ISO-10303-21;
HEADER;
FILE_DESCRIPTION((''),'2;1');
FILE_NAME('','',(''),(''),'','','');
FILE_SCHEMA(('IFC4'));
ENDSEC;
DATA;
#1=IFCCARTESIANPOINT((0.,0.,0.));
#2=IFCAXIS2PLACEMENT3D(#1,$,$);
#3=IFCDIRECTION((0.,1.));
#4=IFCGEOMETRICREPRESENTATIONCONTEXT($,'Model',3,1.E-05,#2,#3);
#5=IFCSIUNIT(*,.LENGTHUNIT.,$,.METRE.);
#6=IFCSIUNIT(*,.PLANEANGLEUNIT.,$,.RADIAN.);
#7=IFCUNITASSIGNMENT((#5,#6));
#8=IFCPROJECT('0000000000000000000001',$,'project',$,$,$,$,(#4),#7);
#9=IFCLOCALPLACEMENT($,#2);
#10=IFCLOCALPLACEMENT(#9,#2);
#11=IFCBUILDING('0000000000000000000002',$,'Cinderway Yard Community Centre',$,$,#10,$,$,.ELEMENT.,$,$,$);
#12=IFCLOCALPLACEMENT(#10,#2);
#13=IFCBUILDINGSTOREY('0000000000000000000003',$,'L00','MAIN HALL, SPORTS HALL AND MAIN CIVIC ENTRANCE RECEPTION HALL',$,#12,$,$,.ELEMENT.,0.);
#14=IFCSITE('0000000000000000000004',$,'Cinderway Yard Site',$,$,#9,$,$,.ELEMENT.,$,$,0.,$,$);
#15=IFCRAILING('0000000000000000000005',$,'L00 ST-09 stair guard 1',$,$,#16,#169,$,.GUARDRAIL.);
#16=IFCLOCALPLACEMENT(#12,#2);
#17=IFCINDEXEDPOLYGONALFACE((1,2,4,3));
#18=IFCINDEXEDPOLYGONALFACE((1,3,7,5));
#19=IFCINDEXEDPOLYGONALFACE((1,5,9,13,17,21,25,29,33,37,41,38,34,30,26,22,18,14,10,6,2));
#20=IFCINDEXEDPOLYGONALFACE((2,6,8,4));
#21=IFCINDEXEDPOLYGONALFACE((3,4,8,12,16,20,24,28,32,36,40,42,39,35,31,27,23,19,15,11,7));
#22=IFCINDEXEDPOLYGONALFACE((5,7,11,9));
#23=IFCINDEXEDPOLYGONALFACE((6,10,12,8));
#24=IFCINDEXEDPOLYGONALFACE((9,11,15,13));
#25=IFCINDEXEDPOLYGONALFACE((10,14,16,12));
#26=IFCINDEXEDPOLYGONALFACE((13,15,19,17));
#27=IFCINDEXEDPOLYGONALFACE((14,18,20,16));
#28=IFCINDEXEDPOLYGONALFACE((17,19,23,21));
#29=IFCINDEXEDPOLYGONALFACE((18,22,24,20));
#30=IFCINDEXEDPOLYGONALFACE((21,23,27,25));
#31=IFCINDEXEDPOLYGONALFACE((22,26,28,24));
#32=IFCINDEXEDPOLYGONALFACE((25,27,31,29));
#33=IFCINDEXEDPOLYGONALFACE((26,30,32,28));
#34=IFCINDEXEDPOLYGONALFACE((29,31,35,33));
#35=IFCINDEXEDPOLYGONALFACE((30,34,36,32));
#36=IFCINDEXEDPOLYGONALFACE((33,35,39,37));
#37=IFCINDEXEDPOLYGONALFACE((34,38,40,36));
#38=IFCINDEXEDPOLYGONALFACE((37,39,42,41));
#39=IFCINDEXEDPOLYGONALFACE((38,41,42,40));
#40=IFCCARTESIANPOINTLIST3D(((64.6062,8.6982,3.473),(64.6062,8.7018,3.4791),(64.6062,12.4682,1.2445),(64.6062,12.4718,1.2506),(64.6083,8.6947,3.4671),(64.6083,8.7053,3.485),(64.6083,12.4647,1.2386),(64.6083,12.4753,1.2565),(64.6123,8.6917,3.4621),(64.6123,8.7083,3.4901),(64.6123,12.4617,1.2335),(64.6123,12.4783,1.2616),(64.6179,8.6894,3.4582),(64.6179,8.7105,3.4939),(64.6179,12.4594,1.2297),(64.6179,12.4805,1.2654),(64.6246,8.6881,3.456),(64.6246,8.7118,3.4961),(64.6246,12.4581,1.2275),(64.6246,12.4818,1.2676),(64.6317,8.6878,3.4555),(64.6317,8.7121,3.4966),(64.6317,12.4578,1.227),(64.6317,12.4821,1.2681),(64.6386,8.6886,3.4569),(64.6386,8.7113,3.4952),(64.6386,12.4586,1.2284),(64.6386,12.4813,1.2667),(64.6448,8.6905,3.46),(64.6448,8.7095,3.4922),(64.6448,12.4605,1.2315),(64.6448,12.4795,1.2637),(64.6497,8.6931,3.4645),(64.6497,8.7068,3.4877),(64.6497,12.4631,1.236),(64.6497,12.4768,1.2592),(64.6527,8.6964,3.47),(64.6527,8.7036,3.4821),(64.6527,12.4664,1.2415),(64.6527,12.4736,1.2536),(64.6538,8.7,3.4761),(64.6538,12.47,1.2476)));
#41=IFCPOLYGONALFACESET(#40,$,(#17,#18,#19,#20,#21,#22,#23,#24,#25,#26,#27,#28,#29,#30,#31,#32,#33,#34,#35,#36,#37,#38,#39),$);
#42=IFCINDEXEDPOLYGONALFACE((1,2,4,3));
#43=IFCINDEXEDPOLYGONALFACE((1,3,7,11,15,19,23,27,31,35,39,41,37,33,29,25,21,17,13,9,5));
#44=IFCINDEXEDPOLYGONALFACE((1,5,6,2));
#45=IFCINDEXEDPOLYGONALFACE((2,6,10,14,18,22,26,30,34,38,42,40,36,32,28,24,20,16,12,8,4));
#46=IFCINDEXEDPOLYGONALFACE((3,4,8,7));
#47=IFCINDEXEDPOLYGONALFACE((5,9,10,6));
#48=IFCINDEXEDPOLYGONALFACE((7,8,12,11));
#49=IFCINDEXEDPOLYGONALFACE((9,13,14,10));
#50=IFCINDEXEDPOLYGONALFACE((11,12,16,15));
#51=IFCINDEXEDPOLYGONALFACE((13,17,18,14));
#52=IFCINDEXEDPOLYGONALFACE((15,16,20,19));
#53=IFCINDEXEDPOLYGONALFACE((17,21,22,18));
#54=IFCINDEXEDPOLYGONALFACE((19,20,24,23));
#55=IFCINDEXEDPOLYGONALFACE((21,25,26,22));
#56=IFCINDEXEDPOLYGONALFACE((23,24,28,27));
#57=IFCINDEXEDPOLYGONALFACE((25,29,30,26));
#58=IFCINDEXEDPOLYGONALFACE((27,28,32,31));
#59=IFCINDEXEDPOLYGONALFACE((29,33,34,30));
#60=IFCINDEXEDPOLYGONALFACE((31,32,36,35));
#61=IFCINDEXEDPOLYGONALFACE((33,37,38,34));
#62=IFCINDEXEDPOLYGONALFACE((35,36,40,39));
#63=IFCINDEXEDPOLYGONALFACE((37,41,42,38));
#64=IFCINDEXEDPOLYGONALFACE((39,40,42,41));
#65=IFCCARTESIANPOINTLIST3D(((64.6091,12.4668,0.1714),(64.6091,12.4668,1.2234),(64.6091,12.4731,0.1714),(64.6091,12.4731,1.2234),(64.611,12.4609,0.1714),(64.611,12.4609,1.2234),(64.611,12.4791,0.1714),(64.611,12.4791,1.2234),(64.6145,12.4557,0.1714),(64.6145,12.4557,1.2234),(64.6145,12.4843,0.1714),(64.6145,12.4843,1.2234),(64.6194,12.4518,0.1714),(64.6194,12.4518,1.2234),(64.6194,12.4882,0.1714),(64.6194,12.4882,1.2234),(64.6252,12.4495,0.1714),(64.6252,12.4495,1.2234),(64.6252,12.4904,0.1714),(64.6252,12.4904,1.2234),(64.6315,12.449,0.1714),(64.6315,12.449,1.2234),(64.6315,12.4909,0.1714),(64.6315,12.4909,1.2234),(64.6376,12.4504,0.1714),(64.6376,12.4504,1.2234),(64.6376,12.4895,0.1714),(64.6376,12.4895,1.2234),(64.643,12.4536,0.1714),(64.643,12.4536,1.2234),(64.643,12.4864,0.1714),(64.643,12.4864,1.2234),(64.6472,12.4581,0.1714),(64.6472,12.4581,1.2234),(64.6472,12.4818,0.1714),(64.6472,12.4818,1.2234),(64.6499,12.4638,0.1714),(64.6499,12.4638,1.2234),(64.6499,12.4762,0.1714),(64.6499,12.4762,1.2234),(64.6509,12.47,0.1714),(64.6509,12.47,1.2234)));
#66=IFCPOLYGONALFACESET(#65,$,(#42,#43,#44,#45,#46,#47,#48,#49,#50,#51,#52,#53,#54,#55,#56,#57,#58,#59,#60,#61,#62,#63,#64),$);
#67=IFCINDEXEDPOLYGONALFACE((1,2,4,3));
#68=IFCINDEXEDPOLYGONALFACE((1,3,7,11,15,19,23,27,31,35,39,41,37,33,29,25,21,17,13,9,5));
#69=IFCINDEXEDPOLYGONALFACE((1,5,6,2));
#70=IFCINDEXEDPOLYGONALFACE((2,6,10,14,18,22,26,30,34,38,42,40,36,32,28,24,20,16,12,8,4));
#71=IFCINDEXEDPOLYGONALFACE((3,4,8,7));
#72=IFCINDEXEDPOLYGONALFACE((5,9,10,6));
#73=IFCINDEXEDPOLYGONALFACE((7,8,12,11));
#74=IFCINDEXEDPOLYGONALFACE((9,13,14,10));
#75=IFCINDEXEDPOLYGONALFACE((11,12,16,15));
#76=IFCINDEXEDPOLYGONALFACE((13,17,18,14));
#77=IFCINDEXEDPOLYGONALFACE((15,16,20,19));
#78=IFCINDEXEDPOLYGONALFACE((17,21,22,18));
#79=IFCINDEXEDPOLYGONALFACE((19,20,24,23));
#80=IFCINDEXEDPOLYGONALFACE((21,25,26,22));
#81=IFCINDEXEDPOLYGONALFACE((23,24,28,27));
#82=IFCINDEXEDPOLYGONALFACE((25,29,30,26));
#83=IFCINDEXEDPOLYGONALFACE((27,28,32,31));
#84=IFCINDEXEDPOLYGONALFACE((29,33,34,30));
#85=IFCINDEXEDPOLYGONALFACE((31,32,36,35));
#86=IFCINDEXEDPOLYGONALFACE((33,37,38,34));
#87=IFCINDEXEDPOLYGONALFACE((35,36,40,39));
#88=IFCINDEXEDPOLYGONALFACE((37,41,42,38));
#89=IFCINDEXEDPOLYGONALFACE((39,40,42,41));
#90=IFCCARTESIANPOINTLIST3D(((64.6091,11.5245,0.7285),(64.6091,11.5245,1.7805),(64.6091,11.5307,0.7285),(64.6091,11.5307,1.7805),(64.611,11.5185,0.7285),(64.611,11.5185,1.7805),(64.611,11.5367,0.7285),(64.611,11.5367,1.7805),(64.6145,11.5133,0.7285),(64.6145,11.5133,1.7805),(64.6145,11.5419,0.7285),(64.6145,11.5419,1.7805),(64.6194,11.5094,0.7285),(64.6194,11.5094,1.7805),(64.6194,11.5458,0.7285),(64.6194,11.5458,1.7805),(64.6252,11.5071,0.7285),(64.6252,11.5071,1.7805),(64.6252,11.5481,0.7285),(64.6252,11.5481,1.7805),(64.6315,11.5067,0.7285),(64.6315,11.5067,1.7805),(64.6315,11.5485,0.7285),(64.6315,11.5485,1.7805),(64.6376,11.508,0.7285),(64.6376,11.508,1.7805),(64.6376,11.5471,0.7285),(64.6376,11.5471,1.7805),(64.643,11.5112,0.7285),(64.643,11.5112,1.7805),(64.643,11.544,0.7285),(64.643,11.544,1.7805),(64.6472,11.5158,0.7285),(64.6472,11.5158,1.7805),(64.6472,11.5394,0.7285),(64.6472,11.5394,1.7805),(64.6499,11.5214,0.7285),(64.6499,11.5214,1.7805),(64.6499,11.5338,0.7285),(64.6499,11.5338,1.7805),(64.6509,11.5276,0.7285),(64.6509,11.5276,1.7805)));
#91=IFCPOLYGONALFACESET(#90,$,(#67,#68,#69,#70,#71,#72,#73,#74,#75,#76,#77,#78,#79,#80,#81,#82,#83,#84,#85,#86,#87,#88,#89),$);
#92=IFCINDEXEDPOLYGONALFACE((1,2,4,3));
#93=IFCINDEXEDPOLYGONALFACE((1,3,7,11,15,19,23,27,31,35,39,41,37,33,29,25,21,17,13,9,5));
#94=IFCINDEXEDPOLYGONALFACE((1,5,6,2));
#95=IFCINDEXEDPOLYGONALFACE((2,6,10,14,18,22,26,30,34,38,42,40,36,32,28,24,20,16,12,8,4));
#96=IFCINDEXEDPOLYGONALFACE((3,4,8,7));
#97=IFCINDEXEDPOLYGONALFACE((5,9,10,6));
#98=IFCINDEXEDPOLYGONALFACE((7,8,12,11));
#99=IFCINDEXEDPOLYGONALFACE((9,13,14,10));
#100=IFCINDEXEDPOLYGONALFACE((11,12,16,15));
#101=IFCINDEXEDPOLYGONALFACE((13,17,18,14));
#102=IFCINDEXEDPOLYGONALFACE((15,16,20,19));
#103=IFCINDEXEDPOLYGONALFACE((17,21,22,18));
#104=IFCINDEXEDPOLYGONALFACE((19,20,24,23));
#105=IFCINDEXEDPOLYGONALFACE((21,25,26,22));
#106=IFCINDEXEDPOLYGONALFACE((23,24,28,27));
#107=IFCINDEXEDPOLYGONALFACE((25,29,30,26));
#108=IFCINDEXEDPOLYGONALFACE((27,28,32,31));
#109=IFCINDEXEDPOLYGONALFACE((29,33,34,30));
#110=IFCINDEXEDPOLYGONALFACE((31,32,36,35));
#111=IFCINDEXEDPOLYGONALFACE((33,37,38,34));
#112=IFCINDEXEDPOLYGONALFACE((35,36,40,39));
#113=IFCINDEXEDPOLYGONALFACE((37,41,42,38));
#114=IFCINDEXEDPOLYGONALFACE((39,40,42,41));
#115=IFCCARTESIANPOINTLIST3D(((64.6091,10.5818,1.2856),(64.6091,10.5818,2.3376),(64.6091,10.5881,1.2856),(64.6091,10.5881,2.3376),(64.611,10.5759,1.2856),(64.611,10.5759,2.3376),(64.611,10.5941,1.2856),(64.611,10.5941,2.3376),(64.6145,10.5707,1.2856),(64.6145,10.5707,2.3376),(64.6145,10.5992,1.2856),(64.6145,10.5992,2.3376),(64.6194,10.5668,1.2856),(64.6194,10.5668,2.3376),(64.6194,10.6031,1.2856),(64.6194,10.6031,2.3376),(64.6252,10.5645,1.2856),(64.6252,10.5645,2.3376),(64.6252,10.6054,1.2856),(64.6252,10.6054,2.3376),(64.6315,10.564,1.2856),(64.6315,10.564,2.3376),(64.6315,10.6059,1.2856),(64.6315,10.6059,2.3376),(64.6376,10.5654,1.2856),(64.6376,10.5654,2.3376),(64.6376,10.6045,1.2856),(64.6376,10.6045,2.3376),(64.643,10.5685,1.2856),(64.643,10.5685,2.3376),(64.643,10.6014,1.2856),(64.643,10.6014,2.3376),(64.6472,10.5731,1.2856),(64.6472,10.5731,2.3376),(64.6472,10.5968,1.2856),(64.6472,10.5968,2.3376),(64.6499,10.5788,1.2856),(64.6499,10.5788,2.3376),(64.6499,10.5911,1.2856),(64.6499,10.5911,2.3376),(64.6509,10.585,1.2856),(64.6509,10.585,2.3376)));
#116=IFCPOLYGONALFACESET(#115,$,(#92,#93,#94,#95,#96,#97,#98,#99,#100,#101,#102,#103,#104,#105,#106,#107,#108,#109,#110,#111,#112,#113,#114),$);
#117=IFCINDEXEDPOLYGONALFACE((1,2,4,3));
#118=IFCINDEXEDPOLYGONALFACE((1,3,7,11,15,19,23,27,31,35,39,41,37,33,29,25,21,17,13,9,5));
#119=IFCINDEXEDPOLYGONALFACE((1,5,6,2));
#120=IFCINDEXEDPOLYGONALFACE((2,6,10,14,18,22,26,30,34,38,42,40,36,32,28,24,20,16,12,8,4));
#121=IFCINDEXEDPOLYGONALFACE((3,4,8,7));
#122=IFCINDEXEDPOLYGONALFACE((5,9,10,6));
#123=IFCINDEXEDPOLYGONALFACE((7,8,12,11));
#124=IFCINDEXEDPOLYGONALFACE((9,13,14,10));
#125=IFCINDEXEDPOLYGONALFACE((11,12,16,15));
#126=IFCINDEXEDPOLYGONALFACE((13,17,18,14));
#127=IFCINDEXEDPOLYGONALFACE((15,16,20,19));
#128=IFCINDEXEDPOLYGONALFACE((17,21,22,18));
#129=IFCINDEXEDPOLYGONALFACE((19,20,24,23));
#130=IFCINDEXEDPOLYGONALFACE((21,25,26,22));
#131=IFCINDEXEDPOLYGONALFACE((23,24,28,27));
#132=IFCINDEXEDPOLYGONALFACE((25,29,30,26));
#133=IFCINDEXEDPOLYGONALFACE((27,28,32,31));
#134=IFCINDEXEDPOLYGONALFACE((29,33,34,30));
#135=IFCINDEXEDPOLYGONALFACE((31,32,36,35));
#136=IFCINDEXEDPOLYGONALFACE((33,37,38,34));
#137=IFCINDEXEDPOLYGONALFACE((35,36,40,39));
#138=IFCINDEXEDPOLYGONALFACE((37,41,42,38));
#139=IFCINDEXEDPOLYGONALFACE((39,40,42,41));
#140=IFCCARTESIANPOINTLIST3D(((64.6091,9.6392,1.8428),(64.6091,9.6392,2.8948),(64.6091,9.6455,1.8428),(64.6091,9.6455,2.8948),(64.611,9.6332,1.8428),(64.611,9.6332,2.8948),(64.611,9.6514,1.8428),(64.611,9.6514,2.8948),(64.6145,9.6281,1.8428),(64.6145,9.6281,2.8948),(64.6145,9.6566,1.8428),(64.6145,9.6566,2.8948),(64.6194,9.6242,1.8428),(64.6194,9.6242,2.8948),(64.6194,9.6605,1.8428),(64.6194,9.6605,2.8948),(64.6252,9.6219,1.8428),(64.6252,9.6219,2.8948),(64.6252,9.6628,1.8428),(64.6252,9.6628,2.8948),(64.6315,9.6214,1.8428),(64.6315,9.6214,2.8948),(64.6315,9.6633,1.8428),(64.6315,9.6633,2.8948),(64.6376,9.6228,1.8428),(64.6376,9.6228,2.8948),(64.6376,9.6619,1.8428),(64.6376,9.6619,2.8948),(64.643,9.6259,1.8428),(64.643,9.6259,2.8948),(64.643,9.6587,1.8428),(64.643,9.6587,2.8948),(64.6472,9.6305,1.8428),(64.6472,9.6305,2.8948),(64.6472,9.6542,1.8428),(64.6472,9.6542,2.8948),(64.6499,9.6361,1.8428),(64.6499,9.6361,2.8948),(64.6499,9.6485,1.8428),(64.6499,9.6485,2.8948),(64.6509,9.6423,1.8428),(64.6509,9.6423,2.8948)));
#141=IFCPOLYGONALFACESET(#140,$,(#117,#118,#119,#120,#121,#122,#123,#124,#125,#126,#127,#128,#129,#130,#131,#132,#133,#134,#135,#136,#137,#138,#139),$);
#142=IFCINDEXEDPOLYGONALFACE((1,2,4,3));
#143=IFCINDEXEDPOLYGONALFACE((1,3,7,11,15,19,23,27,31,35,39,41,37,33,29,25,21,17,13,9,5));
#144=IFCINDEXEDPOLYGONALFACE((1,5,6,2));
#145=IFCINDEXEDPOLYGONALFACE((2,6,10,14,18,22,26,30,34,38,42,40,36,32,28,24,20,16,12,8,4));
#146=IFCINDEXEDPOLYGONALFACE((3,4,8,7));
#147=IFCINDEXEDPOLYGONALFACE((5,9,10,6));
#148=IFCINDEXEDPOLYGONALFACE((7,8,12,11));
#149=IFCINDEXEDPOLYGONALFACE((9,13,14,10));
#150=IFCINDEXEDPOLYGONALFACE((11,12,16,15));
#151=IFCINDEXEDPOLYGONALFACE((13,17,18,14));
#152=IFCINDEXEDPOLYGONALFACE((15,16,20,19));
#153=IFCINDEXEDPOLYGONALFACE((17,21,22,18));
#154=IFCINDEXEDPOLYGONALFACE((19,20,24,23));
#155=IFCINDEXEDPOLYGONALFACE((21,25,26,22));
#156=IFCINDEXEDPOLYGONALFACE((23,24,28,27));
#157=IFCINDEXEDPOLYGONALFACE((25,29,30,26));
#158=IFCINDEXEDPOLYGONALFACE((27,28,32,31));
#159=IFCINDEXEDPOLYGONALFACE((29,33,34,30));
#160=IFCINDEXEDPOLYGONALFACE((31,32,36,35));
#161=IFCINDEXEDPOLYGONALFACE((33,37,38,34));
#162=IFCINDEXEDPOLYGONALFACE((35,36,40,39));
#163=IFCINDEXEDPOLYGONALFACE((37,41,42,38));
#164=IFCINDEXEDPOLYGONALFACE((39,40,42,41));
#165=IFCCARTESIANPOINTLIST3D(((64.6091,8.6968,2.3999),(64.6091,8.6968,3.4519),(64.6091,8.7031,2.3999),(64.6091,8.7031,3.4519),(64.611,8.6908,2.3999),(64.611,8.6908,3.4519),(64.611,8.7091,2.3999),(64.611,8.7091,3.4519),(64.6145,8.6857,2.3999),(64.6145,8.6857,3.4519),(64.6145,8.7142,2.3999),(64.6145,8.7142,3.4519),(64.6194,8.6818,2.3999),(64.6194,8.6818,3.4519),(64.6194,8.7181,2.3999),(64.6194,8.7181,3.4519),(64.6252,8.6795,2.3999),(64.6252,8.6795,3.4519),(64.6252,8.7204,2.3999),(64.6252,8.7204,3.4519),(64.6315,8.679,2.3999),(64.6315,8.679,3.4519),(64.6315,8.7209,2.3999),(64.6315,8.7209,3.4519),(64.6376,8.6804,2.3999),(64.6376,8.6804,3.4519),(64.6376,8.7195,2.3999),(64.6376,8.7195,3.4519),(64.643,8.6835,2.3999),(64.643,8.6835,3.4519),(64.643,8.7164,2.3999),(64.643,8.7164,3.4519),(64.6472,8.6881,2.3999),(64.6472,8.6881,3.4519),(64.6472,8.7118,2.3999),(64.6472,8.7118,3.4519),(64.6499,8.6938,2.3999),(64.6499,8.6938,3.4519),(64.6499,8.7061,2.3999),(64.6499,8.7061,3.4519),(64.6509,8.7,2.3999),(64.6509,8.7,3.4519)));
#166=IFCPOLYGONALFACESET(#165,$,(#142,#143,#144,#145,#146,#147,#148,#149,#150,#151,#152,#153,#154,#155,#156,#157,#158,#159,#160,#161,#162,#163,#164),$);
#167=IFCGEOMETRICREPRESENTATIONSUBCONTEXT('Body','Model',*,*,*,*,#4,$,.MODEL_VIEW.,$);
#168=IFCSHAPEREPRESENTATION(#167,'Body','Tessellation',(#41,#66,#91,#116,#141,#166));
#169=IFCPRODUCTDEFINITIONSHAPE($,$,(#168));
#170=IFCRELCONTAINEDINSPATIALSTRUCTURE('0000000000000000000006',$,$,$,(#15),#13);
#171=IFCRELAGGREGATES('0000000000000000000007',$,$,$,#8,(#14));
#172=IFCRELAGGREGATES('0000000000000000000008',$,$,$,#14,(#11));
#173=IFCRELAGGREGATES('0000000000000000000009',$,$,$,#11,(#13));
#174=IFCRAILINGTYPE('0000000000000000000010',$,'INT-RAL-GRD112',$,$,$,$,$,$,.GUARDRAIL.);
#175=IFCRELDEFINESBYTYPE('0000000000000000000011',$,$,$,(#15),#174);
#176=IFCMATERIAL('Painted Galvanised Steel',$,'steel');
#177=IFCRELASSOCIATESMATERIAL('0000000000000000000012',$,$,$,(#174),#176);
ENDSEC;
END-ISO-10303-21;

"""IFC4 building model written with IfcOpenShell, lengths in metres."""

from ifc_helpers import new_model, si_unit, direction, frame, origin, origin_2d, place, context, subcontext, project, spatial, circle, extrude, material, type_object, element, save


model = new_model("IFC4")

# Units and contexts
model_context = context("Model", 3, precision=1e-05, world=origin(), true_north=direction((0.0, 1.0)))
body_context = subcontext(model_context, "Body", "Model", "MODEL_VIEW")
ifc_project = project(units=[si_unit("LENGTHUNIT", "METRE"), si_unit("PLANEANGLEUNIT", "RADIAN")], contexts=[model_context])

# Site, building, storey
site_placement = place(None, origin())
site = spatial("IfcSite", under=ifc_project, at=site_placement, Name="Cinderway Yard Site", CompositionType="ELEMENT", RefElevation=0.0)
building_placement = place(site_placement, origin())
building = spatial("IfcBuilding", under=site, at=building_placement, Name="Cinderway Yard Community Centre", CompositionType="ELEMENT")
storey_placement = place(building_placement, origin())
storey = spatial("IfcBuildingStorey", under=building, at=storey_placement, Name="L00", Description="MAIN HALL, SPORTS HALL AND MAIN CIVIC ENTRANCE RECEPTION HALL", CompositionType="ELEMENT", Elevation=0.0)

# Shared definitions
ifc_material_1 = material(Name="Painted Galvanised Steel", Category="steel")

# Railing
railing_type_1 = type_object("IfcRailingType", Name="INT-RAL-GRD112", PredefinedType="GUARDRAIL", material=ifc_material_1)
railing_1_placement = place(storey_placement, frame((64.6299, 12.47, 0.1714)))
element("IfcRailing", 1, at=railing_1_placement, inside=storey, type_object=railing_type_1, Name="L00 ST-09 stair guard 1", PredefinedType="GUARDRAIL", context=body_context, shape_type="SweptSolid", body=[
    extrude(circle(Radius=0.0239, at=origin_2d()), frame((0.0, 0.0, 1.0762), z_axis=(0.0, -0.860849, 0.508861), x_axis=(1.0, 0.0, 0.0)), (0.0, 0.0, 1.0), 4.3794),
    extrude(circle(Radius=0.021, at=origin_2d()), origin(), (0.0, 0.0, 1.0), 1.052),
    extrude(circle(Radius=0.021, at=origin_2d()), frame((0.0, -0.9424, 0.5571)), (0.0, 0.0, 1.0), 1.052),
    extrude(circle(Radius=0.021, at=origin_2d()), frame((0.0, -1.885, 1.1143)), (0.0, 0.0, 1.0), 1.052),
    extrude(circle(Radius=0.021, at=origin_2d()), frame((0.0, -2.8276, 1.6714)), (0.0, 0.0, 1.0), 1.052),
    extrude(circle(Radius=0.021, at=origin_2d()), frame((0.0, -3.77, 2.2285)), (0.0, 0.0, 1.0), 1.052),
])

save(model, "model.ifc")
